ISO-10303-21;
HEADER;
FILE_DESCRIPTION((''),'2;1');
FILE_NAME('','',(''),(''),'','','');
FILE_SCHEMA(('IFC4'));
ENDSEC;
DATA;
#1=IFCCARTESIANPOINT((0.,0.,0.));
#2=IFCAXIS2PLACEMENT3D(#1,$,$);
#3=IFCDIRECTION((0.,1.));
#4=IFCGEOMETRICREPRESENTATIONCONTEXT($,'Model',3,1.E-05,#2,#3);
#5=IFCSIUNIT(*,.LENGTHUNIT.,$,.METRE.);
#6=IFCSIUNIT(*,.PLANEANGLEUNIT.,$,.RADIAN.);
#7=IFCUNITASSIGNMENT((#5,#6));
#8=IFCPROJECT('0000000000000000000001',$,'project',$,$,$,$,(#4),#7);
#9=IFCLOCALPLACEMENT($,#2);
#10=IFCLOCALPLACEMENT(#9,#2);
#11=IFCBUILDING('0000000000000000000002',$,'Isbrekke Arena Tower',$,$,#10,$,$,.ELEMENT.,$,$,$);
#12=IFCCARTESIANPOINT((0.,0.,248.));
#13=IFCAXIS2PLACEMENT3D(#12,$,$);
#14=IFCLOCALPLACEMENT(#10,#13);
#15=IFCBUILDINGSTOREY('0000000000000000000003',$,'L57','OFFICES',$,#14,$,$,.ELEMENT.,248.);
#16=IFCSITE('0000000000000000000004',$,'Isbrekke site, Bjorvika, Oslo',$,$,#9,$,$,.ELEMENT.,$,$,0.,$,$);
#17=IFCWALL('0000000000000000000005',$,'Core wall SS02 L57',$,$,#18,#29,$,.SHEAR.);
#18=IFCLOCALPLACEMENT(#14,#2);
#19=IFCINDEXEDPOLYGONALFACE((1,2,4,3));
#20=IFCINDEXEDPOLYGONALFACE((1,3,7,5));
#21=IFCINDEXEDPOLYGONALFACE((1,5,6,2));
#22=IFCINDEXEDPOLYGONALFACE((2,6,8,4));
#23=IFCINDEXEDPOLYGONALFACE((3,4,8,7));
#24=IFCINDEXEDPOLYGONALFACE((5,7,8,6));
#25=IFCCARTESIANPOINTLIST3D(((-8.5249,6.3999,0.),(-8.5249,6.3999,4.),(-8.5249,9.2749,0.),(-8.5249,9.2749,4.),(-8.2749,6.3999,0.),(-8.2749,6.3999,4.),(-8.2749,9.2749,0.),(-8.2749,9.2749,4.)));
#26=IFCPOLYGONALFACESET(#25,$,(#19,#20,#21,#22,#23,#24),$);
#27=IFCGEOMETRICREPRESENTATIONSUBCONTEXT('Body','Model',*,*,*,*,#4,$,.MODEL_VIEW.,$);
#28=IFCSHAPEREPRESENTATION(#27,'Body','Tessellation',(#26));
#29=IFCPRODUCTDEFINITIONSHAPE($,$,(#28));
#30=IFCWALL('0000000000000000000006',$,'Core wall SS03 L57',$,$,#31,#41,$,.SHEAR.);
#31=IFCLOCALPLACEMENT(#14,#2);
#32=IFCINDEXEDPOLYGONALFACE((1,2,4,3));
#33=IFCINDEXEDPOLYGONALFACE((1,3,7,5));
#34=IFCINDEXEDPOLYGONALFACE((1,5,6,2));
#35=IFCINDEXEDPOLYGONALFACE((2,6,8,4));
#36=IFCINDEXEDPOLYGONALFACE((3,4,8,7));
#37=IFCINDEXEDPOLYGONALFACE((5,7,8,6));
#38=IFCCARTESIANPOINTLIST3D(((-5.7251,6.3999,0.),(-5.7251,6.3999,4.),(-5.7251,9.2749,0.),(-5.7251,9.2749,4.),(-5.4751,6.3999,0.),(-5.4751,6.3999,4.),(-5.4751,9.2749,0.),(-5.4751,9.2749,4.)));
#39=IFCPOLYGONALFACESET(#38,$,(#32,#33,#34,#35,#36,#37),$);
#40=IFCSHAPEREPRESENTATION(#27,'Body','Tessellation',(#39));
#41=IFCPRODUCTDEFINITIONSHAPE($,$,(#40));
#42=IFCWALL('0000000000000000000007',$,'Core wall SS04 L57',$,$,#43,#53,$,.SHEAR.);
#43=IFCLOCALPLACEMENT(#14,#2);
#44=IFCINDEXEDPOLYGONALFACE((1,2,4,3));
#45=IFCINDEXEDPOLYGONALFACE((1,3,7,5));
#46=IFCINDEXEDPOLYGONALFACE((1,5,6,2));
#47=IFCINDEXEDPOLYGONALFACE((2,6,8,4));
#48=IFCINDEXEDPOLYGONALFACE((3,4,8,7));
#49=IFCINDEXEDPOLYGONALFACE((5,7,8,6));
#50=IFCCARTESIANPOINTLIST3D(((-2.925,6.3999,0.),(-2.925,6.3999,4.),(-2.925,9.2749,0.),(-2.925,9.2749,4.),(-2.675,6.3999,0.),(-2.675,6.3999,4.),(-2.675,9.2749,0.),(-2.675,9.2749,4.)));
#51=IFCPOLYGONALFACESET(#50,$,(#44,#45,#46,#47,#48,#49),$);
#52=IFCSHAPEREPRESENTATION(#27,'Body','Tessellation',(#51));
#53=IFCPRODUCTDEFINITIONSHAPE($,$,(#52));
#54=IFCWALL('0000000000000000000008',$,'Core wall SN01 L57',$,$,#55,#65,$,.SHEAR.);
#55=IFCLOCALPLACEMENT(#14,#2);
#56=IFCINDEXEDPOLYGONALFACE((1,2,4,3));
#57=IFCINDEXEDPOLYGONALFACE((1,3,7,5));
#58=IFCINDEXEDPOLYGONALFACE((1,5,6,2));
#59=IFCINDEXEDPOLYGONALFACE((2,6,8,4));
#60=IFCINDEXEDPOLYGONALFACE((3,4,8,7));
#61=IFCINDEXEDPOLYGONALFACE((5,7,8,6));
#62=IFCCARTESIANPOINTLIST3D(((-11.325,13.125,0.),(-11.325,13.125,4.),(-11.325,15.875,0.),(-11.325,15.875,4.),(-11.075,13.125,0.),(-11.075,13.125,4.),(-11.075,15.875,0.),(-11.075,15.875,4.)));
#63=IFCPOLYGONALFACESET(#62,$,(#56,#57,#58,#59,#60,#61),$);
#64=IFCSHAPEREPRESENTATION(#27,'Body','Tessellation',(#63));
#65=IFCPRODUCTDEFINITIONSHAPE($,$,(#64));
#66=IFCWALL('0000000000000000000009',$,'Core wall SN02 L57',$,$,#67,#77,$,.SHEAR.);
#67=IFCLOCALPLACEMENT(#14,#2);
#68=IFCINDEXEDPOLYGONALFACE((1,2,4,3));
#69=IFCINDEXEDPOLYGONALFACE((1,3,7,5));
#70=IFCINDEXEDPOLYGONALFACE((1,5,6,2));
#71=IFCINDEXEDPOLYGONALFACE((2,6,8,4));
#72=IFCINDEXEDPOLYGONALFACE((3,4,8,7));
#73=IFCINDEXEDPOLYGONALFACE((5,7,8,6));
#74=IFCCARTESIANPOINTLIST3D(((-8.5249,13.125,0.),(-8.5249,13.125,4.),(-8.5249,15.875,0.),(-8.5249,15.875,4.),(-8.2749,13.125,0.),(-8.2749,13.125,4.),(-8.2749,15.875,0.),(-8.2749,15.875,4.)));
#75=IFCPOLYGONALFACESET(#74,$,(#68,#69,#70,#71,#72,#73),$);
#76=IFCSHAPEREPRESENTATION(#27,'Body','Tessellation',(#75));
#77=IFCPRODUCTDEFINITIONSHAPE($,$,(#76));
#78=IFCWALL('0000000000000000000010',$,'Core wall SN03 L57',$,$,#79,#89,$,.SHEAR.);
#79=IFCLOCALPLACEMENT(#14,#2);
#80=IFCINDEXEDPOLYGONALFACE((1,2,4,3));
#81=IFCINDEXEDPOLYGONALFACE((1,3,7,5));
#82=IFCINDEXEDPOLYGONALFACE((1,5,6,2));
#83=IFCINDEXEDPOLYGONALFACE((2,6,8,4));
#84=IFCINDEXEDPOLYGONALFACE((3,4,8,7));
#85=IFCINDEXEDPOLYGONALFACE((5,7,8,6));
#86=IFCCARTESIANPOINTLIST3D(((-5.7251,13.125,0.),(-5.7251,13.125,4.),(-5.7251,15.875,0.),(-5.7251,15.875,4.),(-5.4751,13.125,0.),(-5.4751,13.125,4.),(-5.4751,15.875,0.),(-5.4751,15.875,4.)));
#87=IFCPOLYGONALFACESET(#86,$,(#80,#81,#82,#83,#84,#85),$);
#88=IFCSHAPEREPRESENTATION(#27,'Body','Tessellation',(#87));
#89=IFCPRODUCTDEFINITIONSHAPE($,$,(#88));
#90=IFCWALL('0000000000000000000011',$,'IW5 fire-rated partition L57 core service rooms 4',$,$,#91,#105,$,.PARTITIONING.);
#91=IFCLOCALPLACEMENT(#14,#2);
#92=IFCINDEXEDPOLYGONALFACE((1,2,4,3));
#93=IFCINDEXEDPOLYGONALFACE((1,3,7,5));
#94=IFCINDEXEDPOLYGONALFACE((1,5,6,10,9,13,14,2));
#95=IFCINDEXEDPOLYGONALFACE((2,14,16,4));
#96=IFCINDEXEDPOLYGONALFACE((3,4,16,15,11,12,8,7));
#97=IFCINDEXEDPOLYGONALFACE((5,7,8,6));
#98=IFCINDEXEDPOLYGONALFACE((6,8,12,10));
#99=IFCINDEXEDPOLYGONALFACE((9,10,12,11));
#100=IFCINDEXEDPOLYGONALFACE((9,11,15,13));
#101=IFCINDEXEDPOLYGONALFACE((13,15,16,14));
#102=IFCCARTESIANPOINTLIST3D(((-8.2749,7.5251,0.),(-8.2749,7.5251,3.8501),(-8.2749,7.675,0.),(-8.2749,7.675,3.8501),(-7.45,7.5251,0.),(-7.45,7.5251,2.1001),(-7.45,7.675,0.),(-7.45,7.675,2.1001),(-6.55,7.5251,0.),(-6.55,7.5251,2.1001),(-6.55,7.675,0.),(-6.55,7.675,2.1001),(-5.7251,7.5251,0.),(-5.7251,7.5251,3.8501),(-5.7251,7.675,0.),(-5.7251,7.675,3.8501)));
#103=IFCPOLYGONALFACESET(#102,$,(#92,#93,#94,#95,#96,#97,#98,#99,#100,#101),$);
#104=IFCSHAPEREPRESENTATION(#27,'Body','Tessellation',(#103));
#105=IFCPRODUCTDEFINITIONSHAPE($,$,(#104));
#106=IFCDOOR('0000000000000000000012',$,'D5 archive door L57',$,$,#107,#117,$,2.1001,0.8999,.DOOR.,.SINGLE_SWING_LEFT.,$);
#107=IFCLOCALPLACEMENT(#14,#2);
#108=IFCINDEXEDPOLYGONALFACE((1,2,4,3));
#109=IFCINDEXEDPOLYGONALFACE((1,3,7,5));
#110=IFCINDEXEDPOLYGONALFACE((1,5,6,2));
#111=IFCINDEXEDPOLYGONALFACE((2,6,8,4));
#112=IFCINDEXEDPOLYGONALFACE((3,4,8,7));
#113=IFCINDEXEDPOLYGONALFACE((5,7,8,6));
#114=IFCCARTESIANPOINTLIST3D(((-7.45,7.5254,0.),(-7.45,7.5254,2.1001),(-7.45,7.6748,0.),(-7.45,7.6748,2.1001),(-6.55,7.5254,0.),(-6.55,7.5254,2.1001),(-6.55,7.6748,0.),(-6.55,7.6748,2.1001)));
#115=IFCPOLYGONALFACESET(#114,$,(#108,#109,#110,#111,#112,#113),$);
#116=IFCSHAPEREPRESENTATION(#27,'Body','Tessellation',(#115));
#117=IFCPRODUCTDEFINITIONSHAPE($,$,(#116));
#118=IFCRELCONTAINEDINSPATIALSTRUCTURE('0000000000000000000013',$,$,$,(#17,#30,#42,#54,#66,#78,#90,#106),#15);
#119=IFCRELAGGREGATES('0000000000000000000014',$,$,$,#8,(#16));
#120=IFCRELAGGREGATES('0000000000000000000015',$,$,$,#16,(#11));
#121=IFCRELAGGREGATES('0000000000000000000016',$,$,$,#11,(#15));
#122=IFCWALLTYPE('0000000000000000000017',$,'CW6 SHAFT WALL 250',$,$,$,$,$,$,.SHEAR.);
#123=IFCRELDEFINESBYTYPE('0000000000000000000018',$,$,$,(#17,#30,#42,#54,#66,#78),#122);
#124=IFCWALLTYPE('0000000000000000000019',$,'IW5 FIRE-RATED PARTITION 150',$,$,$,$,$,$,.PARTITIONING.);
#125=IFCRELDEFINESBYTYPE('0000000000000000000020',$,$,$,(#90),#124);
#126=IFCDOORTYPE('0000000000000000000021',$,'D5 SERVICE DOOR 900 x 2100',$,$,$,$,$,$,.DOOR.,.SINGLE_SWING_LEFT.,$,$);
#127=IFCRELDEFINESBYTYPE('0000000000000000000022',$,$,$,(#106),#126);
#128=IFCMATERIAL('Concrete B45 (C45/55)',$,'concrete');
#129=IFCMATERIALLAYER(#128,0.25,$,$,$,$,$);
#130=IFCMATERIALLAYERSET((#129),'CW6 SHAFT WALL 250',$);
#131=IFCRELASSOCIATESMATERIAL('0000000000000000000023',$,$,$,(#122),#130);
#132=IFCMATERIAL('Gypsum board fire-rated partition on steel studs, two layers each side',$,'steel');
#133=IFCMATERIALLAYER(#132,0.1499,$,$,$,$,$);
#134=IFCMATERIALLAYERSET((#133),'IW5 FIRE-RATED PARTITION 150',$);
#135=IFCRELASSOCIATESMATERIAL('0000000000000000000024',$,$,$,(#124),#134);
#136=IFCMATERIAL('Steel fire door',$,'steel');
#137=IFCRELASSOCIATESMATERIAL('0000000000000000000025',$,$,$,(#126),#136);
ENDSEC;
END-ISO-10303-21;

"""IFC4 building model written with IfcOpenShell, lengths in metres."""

from ifc_helpers import new_model, si_unit, direction, frame, frame_2d, origin, place, context, subcontext, project, spatial, rectangle, extrude, material, layer, layer_set, type_object, element, fill, save


model = new_model("IFC4")

# Units and contexts
model_context = context("Model", 3, precision=1e-05, world=origin(), true_north=direction((0.0, 1.0)))
body_context = subcontext(model_context, "Body", "Model", "MODEL_VIEW")
ifc_project = project(units=[si_unit("LENGTHUNIT", "METRE"), si_unit("PLANEANGLEUNIT", "RADIAN")], contexts=[model_context])

# Site, building, storey
site_placement = place(None, origin())
site = spatial("IfcSite", under=ifc_project, at=site_placement, Name="Isbrekke site, Bjorvika, Oslo", CompositionType="ELEMENT", RefElevation=0.0)
building_placement = place(site_placement, origin())
building = spatial("IfcBuilding", under=site, at=building_placement, Name="Isbrekke Arena Tower", CompositionType="ELEMENT")
storey_placement = place(building_placement, frame((0.0, 0.0, 248.0)))
storey = spatial("IfcBuildingStorey", under=building, at=storey_placement, Name="L57", Description="OFFICES", CompositionType="ELEMENT", Elevation=248.0)

# Walls
ifc_material_1 = material(Name="Concrete B45 (C45/55)", Category="concrete")
ifc_layer_1 = layer(ifc_material_1, 0.25)
ifc_layer_set_1 = layer_set([ifc_layer_1], Name="CW6 SHAFT WALL 250")
wall_type_1 = type_object("IfcWallType", Name="CW6 SHAFT WALL 250", PredefinedType="SHEAR", material=ifc_layer_set_1)
for number, where, z_axis, x_axis, name in (
    (1, (-8.3999, 6.3999, 0.0), (0.0, 0.0, 1.0), (0.0, 1.0, 0.0), "Core wall SS02 L57"),
    (2, (-5.6001, 6.3999, 0.0), (0.0, 0.0, 1.0), (0.0, 1.0, 0.0), "Core wall SS03 L57"),
    (3, (-2.8, 6.3999, 0.0), (0.0, 0.0, 1.0), (0.0, 1.0, 0.0), "Core wall SS04 L57"),
):
    element("IfcWall", number, at=place(storey_placement, frame(where, z_axis=z_axis, x_axis=x_axis)), inside=storey, type_object=wall_type_1, Name=name, PredefinedType="SHEAR", context=body_context, shape_type="SweptSolid", body=[
        extrude(rectangle(XDim=2.875, YDim=0.25, at=frame_2d((1.4375, 0.0))), origin(), (0.0, 0.0, 1.0), 4.0),
    ])
for number, where, z_axis, x_axis, name in (
    (4, (-11.2, 13.125, 0.0), (0.0, 0.0, 1.0), (0.0, 1.0, 0.0), "Core wall SN01 L57"),
    (5, (-8.3999, 13.125, 0.0), (0.0, 0.0, 1.0), (0.0, 1.0, 0.0), "Core wall SN02 L57"),
    (6, (-5.6001, 13.125, 0.0), (0.0, 0.0, 1.0), (0.0, 1.0, 0.0), "Core wall SN03 L57"),
):
    element("IfcWall", number, at=place(storey_placement, frame(where, z_axis=z_axis, x_axis=x_axis)), inside=storey, type_object=wall_type_1, Name=name, PredefinedType="SHEAR", context=body_context, shape_type="SweptSolid", body=[
        extrude(rectangle(XDim=2.75, YDim=0.25, at=frame_2d((1.375, 0.0))), origin(), (0.0, 0.0, 1.0), 4.0),
    ])

# Wall, opening, door
ifc_material_2 = material(Name="Gypsum board fire-rated partition on steel studs, two layers each side", Category="steel")
ifc_layer_2 = layer(ifc_material_2, 0.1499)
ifc_layer_set_2 = layer_set([ifc_layer_2], Name="IW5 FIRE-RATED PARTITION 150")
wall_type_2 = type_object("IfcWallType", Name="IW5 FIRE-RATED PARTITION 150", PredefinedType="PARTITIONING", material=ifc_layer_set_2)
wall_placement = place(storey_placement, frame((-8.2749, 7.6001, 0.0), z_axis=(0.0, 0.0, 1.0), x_axis=(1.0, 0.0, 0.0)))
wall = element("IfcWall", 7, at=wall_placement, inside=storey, type_object=wall_type_2, Name="IW5 fire-rated partition L57 core service rooms 4", PredefinedType="PARTITIONING", context=body_context, shape_type="SweptSolid", body=[
    extrude(rectangle(XDim=2.5498, YDim=0.1499, at=frame_2d((1.2749, 0.0))), origin(), (0.0, 0.0, 1.0), 3.8501),
])
opening_placement = place(wall_placement, frame((0.825, 0.0, 0.0)))
opening = element("IfcOpeningElement", 8, at=opening_placement, cuts=wall, PredefinedType="OPENING", context=body_context, shape_type="SweptSolid", body=[
    extrude(rectangle(XDim=0.8999, YDim=2.1001, at=frame_2d((0.45, 1.05))), frame((0.0, 0.0898, 0.0), z_axis=(0.0, -1.0, 0.0), x_axis=(1.0, 0.0, 0.0)), (0.0, 0.0, 1.0), 0.1797),
])
ifc_material_3 = material(Name="Steel fire door", Category="steel")
door_type = type_object("IfcDoorType", Name="D5 SERVICE DOOR 900 x 2100", OperationType="SINGLE_SWING_LEFT", PredefinedType="DOOR", material=ifc_material_3)
door_placement = place(opening_placement, origin())
door = element("IfcDoor", 9, at=door_placement, inside=storey, type_object=door_type, Name="D5 archive door L57", OperationType="SINGLE_SWING_LEFT", OverallHeight=2.1001, OverallWidth=0.8999, PredefinedType="DOOR", context=body_context, shape_type="SweptSolid", body=[
    extrude(rectangle(XDim=0.8999, YDim=2.1001, at=frame_2d((0.45, 1.05))), frame((0.0, 0.0747, 0.0), z_axis=(0.0, -1.0, 0.0), x_axis=(1.0, 0.0, 0.0)), (0.0, 0.0, 1.0), 0.1494),
])
fill(opening, door)

save(model, "model.ifc")
